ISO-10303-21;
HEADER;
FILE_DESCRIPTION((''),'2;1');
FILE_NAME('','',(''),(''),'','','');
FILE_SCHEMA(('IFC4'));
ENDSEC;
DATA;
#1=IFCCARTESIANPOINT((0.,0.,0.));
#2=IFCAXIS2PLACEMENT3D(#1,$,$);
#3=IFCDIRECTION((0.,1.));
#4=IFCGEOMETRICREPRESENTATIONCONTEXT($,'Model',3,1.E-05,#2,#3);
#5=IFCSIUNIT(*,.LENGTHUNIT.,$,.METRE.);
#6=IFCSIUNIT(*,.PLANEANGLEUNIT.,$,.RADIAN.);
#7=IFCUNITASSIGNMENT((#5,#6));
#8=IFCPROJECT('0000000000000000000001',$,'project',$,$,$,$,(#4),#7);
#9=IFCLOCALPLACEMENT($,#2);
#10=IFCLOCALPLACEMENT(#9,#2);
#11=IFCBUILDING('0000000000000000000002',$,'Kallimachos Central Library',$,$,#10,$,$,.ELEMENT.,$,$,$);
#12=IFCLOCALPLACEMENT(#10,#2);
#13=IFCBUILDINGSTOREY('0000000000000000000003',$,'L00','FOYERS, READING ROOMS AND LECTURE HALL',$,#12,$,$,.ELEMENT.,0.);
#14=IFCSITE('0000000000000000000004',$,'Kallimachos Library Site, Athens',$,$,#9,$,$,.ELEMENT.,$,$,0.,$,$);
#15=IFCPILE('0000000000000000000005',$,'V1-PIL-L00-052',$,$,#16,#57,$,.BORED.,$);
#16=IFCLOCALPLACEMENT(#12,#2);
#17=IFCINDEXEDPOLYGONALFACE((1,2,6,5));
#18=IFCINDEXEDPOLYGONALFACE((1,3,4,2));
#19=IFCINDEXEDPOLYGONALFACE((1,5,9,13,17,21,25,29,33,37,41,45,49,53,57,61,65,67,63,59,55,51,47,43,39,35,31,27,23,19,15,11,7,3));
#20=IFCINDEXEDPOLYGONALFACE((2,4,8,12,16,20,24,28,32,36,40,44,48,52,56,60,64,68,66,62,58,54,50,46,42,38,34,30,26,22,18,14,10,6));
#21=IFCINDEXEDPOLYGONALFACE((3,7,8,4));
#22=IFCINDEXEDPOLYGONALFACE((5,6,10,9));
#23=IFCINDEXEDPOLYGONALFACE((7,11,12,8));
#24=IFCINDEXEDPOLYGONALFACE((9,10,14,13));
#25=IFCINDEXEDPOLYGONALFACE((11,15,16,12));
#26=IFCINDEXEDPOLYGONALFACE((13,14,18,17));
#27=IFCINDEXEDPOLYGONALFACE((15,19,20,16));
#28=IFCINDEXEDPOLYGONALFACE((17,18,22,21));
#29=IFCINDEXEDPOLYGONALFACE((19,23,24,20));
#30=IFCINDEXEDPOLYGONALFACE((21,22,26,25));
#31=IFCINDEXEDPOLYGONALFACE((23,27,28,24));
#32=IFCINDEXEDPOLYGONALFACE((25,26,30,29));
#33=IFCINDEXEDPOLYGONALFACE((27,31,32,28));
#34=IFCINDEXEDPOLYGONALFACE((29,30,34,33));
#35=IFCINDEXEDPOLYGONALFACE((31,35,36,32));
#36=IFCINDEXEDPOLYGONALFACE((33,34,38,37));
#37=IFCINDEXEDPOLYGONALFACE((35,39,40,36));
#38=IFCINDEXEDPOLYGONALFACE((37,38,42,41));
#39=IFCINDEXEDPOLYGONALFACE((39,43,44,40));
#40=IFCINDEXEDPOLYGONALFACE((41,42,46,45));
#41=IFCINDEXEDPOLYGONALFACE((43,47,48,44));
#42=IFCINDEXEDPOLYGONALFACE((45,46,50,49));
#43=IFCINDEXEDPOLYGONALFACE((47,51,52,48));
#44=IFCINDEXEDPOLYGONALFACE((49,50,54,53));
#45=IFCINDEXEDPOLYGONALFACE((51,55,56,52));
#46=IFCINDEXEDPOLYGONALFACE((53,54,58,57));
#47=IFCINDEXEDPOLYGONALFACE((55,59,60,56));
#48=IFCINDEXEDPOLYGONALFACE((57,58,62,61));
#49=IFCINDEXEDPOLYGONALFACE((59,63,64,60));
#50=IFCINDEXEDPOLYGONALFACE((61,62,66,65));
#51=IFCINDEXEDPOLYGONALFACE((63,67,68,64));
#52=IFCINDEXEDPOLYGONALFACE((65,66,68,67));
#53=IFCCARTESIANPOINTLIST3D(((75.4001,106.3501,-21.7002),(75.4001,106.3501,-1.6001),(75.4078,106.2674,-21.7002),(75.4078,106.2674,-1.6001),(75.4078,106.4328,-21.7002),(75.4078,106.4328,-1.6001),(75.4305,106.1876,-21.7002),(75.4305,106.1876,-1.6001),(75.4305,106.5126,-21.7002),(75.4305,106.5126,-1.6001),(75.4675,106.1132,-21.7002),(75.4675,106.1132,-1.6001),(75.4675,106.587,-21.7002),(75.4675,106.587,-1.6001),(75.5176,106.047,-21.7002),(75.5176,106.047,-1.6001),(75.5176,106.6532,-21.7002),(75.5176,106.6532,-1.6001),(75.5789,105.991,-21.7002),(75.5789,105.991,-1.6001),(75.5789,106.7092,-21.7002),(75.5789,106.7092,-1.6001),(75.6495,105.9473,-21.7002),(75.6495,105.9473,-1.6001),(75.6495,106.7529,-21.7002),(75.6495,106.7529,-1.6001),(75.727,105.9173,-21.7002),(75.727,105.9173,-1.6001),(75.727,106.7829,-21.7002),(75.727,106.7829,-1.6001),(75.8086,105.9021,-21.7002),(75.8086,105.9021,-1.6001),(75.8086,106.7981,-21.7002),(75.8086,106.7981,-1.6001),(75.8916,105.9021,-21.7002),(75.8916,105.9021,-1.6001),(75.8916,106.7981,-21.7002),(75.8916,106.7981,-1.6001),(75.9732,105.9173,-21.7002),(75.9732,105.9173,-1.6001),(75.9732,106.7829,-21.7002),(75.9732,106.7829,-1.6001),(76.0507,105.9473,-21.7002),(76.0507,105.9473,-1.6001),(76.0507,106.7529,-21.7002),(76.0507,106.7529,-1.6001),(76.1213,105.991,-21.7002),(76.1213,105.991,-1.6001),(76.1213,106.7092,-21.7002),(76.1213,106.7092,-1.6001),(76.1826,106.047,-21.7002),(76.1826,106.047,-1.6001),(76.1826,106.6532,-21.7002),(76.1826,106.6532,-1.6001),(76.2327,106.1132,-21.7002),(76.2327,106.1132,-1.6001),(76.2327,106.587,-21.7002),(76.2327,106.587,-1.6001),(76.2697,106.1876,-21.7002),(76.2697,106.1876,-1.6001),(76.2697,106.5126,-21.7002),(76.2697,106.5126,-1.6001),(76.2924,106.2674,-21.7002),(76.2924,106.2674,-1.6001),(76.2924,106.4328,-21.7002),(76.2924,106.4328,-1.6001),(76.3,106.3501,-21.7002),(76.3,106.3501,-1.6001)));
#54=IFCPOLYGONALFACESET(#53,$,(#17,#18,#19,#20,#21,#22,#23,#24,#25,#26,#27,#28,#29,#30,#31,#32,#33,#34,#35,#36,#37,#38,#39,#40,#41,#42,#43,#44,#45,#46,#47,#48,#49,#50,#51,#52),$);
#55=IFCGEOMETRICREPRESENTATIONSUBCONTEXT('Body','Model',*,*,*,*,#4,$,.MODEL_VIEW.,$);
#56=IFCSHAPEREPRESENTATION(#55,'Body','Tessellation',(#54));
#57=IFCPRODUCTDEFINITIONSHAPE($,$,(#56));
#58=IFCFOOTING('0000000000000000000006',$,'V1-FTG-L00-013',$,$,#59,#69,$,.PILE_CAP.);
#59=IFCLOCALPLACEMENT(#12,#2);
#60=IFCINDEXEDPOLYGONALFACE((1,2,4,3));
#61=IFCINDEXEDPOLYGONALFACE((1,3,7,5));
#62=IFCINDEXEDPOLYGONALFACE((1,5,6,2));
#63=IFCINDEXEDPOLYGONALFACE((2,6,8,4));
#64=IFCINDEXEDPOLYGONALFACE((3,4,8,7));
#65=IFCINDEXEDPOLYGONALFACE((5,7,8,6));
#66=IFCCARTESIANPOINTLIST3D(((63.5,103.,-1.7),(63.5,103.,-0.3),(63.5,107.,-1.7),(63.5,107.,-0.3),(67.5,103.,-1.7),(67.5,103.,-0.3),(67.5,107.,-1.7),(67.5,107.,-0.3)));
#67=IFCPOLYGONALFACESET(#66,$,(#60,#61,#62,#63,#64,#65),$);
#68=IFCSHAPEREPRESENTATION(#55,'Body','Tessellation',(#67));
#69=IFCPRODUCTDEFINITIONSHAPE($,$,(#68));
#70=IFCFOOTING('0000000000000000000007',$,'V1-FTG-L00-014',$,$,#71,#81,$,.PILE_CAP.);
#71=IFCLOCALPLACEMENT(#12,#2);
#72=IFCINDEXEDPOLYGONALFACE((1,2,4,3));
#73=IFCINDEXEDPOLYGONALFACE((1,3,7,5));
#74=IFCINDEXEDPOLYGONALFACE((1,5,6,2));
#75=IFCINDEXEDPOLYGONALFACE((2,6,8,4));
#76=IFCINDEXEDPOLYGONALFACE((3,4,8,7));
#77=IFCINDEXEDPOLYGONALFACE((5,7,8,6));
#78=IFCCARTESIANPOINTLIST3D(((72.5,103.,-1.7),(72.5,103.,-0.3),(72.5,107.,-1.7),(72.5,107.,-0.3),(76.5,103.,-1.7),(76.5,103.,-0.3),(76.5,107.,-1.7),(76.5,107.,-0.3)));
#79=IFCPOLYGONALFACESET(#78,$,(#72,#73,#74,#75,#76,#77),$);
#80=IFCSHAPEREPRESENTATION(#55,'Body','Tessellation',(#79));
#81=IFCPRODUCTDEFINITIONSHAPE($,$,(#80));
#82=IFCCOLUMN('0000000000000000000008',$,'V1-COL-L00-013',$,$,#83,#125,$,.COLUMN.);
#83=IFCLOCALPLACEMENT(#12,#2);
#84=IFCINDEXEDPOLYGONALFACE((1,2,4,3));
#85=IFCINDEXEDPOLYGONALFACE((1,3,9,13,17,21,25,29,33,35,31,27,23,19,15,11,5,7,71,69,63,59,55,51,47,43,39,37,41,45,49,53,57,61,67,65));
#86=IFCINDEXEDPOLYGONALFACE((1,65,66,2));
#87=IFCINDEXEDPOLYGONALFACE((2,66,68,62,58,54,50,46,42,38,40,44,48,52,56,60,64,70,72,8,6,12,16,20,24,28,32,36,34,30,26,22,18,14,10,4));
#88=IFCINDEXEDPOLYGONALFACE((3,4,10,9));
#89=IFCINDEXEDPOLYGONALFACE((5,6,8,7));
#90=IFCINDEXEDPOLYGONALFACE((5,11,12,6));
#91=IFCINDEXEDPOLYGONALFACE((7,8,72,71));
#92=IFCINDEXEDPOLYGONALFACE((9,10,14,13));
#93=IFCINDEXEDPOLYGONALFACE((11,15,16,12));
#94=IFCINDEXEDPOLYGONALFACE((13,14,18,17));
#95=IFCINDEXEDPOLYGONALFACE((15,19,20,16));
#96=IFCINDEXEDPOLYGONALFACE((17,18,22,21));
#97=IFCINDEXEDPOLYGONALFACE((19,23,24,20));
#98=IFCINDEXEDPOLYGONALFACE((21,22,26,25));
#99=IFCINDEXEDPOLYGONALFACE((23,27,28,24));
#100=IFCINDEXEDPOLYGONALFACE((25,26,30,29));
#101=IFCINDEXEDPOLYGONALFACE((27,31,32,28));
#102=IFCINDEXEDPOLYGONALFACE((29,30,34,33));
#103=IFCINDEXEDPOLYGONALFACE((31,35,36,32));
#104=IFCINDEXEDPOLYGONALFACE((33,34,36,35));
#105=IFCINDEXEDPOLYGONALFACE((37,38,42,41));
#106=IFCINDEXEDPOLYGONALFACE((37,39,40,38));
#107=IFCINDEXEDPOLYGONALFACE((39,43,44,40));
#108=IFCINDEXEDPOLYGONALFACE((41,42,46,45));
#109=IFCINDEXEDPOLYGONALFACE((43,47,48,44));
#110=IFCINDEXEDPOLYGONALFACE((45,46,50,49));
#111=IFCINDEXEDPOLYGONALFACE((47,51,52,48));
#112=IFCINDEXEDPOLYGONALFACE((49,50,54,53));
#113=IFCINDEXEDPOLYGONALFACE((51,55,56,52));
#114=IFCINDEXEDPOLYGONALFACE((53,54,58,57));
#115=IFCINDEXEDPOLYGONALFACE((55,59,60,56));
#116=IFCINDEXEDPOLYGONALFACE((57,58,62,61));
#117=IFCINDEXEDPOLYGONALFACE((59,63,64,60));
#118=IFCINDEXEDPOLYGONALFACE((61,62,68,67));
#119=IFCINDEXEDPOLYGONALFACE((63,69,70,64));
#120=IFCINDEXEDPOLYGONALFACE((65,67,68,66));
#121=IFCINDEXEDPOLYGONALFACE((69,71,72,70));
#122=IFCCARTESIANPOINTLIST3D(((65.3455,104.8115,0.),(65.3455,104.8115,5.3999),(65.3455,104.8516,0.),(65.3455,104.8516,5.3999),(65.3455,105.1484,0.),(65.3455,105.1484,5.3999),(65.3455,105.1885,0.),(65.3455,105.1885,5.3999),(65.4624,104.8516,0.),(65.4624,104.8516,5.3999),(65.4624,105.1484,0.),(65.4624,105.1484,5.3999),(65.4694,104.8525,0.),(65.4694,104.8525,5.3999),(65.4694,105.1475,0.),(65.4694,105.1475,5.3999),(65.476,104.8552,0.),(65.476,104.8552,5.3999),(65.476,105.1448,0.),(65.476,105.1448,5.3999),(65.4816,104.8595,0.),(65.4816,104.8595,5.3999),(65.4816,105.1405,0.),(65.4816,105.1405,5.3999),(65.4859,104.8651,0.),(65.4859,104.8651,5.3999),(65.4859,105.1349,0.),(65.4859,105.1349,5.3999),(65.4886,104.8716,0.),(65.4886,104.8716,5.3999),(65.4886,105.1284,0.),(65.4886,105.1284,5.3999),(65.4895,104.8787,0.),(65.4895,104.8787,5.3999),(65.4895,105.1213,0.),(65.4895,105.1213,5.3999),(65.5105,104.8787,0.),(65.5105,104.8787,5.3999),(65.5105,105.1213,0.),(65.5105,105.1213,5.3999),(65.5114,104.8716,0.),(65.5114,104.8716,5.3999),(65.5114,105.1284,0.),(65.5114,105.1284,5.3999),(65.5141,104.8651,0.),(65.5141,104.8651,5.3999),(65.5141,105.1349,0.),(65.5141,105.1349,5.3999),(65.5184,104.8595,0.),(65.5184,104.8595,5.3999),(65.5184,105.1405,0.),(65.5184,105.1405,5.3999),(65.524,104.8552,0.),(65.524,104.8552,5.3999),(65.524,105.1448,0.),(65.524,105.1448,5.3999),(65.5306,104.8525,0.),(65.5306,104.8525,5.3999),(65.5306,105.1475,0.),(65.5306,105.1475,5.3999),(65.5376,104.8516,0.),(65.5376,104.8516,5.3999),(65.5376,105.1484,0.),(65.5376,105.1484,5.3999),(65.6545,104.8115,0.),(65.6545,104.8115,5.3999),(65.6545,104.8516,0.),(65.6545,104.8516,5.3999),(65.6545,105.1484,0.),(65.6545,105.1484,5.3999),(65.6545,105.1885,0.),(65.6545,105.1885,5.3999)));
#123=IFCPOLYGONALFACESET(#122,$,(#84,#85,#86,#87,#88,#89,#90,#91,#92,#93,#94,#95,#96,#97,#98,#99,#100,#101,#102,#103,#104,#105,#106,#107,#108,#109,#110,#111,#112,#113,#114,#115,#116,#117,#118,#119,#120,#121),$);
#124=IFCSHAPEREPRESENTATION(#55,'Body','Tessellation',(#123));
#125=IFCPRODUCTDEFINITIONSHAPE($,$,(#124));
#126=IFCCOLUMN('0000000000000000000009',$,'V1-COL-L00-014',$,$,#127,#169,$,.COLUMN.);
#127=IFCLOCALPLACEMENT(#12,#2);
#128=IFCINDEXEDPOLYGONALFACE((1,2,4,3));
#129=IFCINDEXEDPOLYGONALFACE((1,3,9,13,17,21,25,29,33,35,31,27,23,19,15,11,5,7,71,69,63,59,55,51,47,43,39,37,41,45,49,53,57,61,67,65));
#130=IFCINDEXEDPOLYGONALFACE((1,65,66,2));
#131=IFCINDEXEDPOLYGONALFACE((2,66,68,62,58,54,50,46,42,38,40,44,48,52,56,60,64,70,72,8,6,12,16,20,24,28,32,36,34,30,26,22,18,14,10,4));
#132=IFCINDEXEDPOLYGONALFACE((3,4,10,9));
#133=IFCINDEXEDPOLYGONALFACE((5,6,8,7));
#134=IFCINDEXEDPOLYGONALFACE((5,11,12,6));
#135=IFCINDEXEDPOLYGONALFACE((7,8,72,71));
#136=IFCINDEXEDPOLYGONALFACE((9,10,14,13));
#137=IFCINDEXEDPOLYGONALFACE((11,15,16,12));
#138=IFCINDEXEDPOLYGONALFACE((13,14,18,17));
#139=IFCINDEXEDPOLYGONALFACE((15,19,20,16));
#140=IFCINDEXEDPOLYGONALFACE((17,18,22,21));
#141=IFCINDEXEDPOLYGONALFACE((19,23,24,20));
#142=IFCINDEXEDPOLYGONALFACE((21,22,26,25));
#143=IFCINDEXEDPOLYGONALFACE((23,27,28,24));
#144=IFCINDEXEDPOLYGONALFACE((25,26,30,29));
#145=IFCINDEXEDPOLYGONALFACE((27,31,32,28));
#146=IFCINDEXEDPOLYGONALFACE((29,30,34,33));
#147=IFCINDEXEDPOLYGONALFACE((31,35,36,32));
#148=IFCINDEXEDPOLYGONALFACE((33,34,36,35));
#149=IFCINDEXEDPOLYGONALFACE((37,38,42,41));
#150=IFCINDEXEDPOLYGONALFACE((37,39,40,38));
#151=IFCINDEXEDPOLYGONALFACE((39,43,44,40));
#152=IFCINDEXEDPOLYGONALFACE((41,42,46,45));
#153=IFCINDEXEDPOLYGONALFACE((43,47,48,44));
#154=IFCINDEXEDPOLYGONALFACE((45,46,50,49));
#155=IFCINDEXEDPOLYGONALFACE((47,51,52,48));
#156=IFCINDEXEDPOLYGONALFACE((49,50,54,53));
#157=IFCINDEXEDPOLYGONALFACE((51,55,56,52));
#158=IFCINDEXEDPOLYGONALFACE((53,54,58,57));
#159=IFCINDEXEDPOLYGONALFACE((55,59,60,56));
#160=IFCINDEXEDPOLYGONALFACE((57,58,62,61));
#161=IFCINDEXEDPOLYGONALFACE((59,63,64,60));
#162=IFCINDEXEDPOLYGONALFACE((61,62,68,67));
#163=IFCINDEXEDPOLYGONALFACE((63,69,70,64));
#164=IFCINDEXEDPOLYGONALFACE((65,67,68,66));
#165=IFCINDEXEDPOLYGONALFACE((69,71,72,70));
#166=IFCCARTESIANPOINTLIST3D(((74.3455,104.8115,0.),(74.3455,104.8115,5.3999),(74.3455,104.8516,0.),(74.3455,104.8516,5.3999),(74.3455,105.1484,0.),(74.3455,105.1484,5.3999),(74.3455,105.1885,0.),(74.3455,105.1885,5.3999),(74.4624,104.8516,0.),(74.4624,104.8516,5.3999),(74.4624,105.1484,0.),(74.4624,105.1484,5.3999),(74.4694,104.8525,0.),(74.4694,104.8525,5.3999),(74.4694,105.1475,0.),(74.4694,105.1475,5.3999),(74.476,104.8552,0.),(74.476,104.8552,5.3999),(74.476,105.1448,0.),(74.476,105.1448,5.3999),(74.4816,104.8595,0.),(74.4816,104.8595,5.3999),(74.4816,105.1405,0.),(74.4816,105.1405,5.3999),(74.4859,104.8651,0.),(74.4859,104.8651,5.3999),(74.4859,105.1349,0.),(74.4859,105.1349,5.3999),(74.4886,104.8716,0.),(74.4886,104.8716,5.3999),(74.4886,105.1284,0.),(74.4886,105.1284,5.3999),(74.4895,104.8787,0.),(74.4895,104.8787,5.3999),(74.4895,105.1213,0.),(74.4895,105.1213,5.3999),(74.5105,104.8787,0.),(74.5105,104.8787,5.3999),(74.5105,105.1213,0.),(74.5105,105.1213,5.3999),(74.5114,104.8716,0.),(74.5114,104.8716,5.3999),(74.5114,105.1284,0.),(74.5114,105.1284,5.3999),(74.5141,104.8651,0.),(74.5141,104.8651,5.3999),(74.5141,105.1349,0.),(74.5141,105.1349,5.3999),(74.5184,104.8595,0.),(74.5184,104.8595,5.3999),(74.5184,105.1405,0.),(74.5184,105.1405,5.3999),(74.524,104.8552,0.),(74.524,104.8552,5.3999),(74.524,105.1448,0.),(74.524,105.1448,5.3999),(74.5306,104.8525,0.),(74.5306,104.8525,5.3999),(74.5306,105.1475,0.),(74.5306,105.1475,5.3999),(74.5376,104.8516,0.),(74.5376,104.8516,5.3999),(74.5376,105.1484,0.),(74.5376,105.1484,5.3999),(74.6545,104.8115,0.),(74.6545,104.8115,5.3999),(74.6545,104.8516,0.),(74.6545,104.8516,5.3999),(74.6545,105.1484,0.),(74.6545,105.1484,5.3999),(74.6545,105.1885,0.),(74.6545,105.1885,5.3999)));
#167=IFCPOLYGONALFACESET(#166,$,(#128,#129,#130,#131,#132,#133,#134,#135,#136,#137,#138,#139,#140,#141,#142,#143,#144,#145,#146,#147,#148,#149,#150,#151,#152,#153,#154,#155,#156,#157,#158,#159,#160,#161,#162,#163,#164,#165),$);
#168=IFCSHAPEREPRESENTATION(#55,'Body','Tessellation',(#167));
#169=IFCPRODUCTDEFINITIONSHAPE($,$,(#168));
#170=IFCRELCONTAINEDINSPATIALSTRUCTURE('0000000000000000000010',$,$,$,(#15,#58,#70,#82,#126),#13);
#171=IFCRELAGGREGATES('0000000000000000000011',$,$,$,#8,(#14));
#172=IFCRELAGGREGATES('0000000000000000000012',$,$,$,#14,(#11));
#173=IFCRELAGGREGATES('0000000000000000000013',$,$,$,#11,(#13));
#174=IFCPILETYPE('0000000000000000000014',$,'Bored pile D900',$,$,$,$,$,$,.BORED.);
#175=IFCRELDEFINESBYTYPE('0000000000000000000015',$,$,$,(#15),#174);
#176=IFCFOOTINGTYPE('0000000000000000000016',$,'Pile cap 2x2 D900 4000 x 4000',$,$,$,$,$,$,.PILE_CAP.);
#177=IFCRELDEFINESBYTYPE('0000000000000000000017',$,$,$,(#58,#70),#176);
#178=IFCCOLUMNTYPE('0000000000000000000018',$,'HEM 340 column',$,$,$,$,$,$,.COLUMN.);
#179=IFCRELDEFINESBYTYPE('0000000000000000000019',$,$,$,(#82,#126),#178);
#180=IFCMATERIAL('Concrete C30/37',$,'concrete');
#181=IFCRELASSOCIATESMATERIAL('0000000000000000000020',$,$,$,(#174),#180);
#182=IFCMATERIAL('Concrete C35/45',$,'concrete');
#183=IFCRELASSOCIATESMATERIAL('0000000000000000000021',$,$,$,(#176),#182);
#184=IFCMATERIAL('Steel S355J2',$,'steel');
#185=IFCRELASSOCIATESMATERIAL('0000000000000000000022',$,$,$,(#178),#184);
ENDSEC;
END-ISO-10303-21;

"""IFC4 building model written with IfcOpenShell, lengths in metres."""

from ifc_helpers import new_model, si_unit, direction, frame, origin, origin_2d, place, context, subcontext, project, spatial, rectangle, circle, i_section, extrude, material, material_profile, profile_set, type_object, element, save


model = new_model("IFC4")

# Units and contexts
model_context = context("Model", 3, precision=1e-05, world=origin(), true_north=direction((0.0, 1.0)))
body_context = subcontext(model_context, "Body", "Model", "MODEL_VIEW")
ifc_project = project(units=[si_unit("LENGTHUNIT", "METRE"), si_unit("PLANEANGLEUNIT", "RADIAN")], contexts=[model_context])

# Site, building, storey
site_placement = place(None, origin())
site = spatial("IfcSite", under=ifc_project, at=site_placement, Name="Kallimachos Library Site, Athens", CompositionType="ELEMENT", RefElevation=0.0)
building_placement = place(site_placement, origin())
building = spatial("IfcBuilding", under=site, at=building_placement, Name="Kallimachos Central Library", CompositionType="ELEMENT")
storey_placement = place(building_placement, origin())
storey = spatial("IfcBuildingStorey", under=building, at=storey_placement, Name="L00", Description="FOYERS, READING ROOMS AND LECTURE HALL", CompositionType="ELEMENT", Elevation=0.0)

# Pile
ifc_material_1 = material(Name="Concrete C30/37", Category="concrete")
pile_type = type_object("IfcPileType", Name="Bored pile D900", PredefinedType="BORED", material=ifc_material_1)
for number, where, z_axis, x_axis, name in (
    (1, (75.8501, 106.3501, -1.6001), (0.0, 0.0, -1.0), (1.0, 0.0, 0.0), "V1-PIL-L00-052"),
):
    element("IfcPile", number, at=place(storey_placement, frame(where, z_axis=z_axis, x_axis=x_axis)), inside=storey, type_object=pile_type, Name=name, PredefinedType="BORED", context=body_context, shape_type="SweptSolid", body=[
        extrude(circle(Radius=0.45, at=origin_2d()), origin(), (0.0, 0.0, 1.0), 20.1001),
    ])

# Footings
ifc_material_2 = material(Name="Concrete C35/45", Category="concrete")
footing_type = type_object("IfcFootingType", Name="Pile cap 2x2 D900 4000 x 4000", PredefinedType="PILE_CAP", material=ifc_material_2)
for number, where, z_axis, x_axis, name in (
    (2, (65.5, 105.0, -1.7), (0.0, 0.0, 1.0), (1.0, 0.0, 0.0), "V1-FTG-L00-013"),
    (3, (74.5, 105.0, -1.7), (0.0, 0.0, 1.0), (1.0, 0.0, 0.0), "V1-FTG-L00-014"),
):
    element("IfcFooting", number, at=place(storey_placement, frame(where, z_axis=z_axis, x_axis=x_axis)), inside=storey, type_object=footing_type, Name=name, PredefinedType="PILE_CAP", context=body_context, shape_type="SweptSolid", body=[
        extrude(rectangle(XDim=4.0, YDim=4.0, at=origin_2d()), origin(), (0.0, 0.0, 1.0), 1.3999),
    ])

# Columns
ifc_material_3 = material(Name="Steel S355J2", Category="steel")
ifc_material_profile_1 = material_profile(ifc_material_3, i_section(OverallWidth=0.3091, OverallDepth=0.377, WebThickness=0.021, FlangeThickness=0.04, FilletRadius=0.0271, at=origin_2d()), Name="HEM 340")
ifc_profile_set_1 = profile_set([ifc_material_profile_1], Name="Steel S355J2")
column_type = type_object("IfcColumnType", Name="HEM 340 column", PredefinedType="COLUMN", material=ifc_profile_set_1)
for number, where, z_axis, x_axis, name in (
    (4, (65.5, 105.0, 0.0), (0.0, 0.0, 1.0), (1.0, 0.0, 0.0), "V1-COL-L00-013"),
    (5, (74.5, 105.0, 0.0), (0.0, 0.0, 1.0), (1.0, 0.0, 0.0), "V1-COL-L00-014"),
):
    element("IfcColumn", number, at=place(storey_placement, frame(where, z_axis=z_axis, x_axis=x_axis)), inside=storey, type_object=column_type, Name=name, PredefinedType="COLUMN", context=body_context, shape_type="SweptSolid", body=[
        extrude(i_section(OverallWidth=0.3091, OverallDepth=0.377, WebThickness=0.021, FlangeThickness=0.04, FilletRadius=0.0271, at=origin_2d()), origin(), (0.0, 0.0, 1.0), 5.3999),
    ])

save(model, "model.ifc")
